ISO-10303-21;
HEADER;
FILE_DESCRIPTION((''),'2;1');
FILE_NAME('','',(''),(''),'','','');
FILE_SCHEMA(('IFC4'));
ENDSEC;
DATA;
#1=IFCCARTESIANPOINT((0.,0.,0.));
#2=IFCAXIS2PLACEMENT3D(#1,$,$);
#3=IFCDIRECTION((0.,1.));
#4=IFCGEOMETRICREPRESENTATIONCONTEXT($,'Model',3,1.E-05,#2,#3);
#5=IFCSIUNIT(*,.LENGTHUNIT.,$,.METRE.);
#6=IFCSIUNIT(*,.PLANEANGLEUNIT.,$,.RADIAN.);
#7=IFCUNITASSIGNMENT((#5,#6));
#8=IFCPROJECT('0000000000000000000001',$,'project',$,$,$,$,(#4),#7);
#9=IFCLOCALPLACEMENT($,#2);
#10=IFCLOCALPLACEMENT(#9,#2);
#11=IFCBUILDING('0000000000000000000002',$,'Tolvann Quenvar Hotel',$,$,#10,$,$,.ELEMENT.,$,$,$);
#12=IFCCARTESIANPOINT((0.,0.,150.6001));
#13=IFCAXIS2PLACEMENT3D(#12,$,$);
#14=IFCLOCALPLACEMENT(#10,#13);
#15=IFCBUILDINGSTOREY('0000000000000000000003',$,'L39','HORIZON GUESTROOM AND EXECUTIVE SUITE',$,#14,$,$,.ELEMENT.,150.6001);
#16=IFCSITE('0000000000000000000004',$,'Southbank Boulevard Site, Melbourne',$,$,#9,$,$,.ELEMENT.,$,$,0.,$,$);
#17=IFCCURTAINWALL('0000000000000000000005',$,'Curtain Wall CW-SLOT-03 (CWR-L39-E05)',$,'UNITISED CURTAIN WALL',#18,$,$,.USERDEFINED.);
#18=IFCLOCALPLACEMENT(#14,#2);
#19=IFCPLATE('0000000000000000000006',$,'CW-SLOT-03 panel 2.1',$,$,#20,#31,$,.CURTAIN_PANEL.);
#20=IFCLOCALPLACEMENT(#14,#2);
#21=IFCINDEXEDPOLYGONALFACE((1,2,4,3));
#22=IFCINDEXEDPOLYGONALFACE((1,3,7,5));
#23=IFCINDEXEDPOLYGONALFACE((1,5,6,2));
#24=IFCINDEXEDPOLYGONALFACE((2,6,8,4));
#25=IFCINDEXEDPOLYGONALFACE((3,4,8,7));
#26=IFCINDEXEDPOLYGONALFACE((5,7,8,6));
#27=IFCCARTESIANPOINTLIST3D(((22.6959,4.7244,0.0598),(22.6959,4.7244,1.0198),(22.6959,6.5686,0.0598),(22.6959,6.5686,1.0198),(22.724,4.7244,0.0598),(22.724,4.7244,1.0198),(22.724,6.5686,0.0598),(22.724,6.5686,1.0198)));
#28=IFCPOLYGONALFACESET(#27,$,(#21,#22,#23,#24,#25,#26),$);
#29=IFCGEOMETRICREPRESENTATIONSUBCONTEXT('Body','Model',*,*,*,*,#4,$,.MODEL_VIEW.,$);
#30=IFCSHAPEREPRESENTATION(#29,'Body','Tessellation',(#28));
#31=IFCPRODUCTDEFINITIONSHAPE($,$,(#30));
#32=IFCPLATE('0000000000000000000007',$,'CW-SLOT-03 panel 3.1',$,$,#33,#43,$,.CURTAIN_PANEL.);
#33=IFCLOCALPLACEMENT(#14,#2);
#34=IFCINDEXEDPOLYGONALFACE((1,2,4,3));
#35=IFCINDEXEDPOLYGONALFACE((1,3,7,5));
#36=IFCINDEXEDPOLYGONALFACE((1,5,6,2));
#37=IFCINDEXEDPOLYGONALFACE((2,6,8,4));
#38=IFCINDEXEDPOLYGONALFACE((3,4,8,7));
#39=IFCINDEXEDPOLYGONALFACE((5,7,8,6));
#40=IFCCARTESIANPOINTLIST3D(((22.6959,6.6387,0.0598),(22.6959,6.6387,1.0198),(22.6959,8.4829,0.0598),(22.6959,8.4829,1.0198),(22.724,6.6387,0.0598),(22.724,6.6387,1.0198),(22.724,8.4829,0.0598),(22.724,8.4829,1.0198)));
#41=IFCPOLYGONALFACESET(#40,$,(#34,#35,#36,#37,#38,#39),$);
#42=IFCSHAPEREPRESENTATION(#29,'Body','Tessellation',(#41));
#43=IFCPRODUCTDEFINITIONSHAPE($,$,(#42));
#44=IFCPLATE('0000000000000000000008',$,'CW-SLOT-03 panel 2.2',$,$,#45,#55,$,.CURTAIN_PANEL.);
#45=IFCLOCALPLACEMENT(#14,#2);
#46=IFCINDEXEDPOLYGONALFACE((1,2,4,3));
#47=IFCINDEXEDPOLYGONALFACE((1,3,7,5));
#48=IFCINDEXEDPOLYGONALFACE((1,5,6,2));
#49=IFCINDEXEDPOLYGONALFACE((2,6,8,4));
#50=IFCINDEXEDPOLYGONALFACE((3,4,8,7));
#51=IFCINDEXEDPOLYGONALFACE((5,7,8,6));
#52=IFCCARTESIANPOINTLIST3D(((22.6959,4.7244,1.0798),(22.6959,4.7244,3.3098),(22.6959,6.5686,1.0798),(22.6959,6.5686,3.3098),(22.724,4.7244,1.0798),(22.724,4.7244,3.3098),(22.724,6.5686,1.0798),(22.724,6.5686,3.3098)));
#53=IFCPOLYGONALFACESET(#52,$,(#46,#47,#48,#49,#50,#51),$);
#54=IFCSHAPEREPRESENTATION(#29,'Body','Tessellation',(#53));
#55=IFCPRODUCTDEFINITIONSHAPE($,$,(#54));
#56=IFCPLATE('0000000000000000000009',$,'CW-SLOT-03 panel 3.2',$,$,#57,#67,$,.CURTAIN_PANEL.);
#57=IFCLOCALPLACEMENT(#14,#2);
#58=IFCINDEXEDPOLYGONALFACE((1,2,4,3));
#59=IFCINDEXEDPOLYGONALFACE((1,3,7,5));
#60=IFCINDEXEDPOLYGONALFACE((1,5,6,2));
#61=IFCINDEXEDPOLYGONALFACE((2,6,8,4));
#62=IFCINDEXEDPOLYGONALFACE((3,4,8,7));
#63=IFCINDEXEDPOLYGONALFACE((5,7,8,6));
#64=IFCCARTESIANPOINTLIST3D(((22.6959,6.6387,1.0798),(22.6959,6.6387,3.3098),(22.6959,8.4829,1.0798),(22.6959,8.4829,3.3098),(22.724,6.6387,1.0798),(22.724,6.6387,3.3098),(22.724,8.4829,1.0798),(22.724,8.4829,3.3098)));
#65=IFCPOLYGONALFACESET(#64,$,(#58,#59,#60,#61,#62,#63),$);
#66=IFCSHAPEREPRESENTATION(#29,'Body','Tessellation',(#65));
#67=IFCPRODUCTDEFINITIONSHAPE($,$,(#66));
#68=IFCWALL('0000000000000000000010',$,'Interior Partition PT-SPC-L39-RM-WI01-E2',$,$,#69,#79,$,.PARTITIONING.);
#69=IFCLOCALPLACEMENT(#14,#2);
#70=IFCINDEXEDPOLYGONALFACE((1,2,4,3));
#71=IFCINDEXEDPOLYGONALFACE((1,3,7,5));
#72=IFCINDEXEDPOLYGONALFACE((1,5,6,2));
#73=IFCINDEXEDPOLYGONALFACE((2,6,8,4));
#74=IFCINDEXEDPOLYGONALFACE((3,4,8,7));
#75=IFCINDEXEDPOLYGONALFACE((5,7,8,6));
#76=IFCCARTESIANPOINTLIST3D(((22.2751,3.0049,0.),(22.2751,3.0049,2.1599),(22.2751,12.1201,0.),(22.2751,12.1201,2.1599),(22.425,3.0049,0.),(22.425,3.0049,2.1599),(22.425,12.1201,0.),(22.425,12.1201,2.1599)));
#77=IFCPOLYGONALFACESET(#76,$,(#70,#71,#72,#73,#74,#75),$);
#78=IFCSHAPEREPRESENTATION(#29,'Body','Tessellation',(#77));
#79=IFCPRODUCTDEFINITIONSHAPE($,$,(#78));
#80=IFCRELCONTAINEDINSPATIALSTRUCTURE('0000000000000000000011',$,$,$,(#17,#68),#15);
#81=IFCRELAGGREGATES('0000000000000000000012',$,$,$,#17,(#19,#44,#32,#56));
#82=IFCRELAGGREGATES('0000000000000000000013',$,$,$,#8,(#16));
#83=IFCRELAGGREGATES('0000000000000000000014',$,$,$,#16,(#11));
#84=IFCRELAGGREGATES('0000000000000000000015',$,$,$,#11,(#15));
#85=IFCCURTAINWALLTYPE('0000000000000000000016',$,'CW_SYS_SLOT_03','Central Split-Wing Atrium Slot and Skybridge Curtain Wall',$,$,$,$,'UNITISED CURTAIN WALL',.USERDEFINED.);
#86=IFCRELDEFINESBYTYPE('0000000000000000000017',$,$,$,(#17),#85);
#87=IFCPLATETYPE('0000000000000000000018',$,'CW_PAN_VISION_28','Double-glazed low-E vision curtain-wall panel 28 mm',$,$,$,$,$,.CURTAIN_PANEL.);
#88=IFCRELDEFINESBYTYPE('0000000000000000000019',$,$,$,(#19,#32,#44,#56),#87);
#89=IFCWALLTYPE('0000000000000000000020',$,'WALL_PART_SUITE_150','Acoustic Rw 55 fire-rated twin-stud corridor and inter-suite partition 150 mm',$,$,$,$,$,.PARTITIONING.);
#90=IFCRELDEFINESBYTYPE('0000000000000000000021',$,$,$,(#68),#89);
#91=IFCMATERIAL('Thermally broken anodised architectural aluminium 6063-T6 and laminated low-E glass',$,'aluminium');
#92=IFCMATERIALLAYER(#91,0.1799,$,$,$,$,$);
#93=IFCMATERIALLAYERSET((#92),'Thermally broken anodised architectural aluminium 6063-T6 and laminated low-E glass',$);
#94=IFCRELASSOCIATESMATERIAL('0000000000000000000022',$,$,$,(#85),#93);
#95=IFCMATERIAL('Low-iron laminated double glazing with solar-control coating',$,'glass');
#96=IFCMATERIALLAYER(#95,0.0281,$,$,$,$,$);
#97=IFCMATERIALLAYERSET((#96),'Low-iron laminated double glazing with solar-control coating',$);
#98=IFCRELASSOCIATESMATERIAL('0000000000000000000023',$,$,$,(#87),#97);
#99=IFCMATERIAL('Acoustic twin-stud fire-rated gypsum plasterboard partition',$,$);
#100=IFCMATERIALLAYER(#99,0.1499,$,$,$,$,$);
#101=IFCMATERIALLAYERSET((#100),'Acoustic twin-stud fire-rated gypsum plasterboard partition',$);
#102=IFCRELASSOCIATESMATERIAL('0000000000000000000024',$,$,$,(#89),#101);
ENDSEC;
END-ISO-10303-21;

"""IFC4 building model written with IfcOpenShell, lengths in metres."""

from ifc_helpers import new_model, si_unit, direction, frame, frame_2d, origin, origin_2d, place, context, subcontext, project, spatial, rectangle, extrude, source, transform, mapped, material, layer, layer_set, type_object, element, aggregate, save


model = new_model("IFC4")

# Units and contexts
model_context = context("Model", 3, precision=1e-05, world=origin(), true_north=direction((0.0, 1.0)))
body_context = subcontext(model_context, "Body", "Model", "MODEL_VIEW")
ifc_project = project(units=[si_unit("LENGTHUNIT", "METRE"), si_unit("PLANEANGLEUNIT", "RADIAN")], contexts=[model_context])

# Site, building, storey
site_placement = place(None, origin())
site = spatial("IfcSite", under=ifc_project, at=site_placement, Name="Southbank Boulevard Site, Melbourne", CompositionType="ELEMENT", RefElevation=0.0)
building_placement = place(site_placement, origin())
building = spatial("IfcBuilding", under=site, at=building_placement, Name="Tolvann Quenvar Hotel", CompositionType="ELEMENT")
storey_placement = place(building_placement, frame((0.0, 0.0, 150.6001)))
storey = spatial("IfcBuildingStorey", under=building, at=storey_placement, Name="L39", Description="HORIZON GUESTROOM AND EXECUTIVE SUITE", CompositionType="ELEMENT", Elevation=150.6001)

# Curtain wall, plates
ifc_material_1 = material(Name="Thermally broken anodised architectural aluminium 6063-T6 and laminated low-E glass", Category="aluminium")
ifc_layer_1 = layer(ifc_material_1, 0.1799)
ifc_layer_set_1 = layer_set([ifc_layer_1], Name="Thermally broken anodised architectural aluminium 6063-T6 and laminated low-E glass")
curtain_wall_type = type_object("IfcCurtainWallType", Name="CW_SYS_SLOT_03", Description="Central Split-Wing Atrium Slot and Skybridge Curtain Wall", ElementType="UNITISED CURTAIN WALL", PredefinedType="USERDEFINED", material=ifc_layer_set_1)
curtain_wall_placement = place(storey_placement, origin())
curtain_wall = element("IfcCurtainWall", 1, at=curtain_wall_placement, inside=storey, type_object=curtain_wall_type, Name="Curtain Wall CW-SLOT-03 (CWR-L39-E05)", ObjectType="UNITISED CURTAIN WALL", PredefinedType="USERDEFINED")
ifc_material_2 = material(Name="Low-iron laminated double glazing with solar-control coating", Category="glass")
ifc_layer_2 = layer(ifc_material_2, 0.0281)
ifc_layer_set_2 = layer_set([ifc_layer_2], Name="Low-iron laminated double glazing with solar-control coating")
plate_type = type_object("IfcPlateType", Name="CW_PAN_VISION_28", Description="Double-glazed low-E vision curtain-wall panel 28 mm", PredefinedType="CURTAIN_PANEL", material=ifc_layer_set_2)
shared_shape_1 = source(origin(), body_context, "Body", "SweptSolid", [
    extrude(rectangle(XDim=1.8442, YDim=0.0281, at=origin_2d()), origin(), (0.0, 0.0, 1.0), 0.96),
])
plate_1_placement = place(storey_placement, frame((22.71, 5.6465, 0.0598), z_axis=(0.0, 0.0, 1.0), x_axis=(0.0, 1.0, 0.0)))
plate_1 = element("IfcPlate", 2, at=plate_1_placement, type_object=plate_type, Name="CW-SLOT-03 panel 2.1", PredefinedType="CURTAIN_PANEL", context=body_context, shape_type="MappedRepresentation", body=[
    mapped(shared_shape_1, transform((0.0, 0.0, 0.0), x_axis=(1.0, 0.0, 0.0), y_axis=(0.0, 1.0, 0.0), z_axis=(0.0, 0.0, 1.0), scale=1.0)),
])
plate_2_placement = place(storey_placement, frame((22.71, 7.5608, 0.0598), z_axis=(0.0, 0.0, 1.0), x_axis=(0.0, 1.0, 0.0)))
plate_2 = element("IfcPlate", 3, at=plate_2_placement, type_object=plate_type, Name="CW-SLOT-03 panel 3.1", PredefinedType="CURTAIN_PANEL", context=body_context, shape_type="MappedRepresentation", body=[
    mapped(shared_shape_1, transform((0.0, 0.0, 0.0), x_axis=(1.0, 0.0, 0.0), y_axis=(0.0, 1.0, 0.0), z_axis=(0.0, 0.0, 1.0), scale=1.0)),
])
shared_shape_2 = source(origin(), body_context, "Body", "SweptSolid", [
    extrude(rectangle(XDim=1.8442, YDim=0.0281, at=origin_2d()), origin(), (0.0, 0.0, 1.0), 2.23),
])
plate_3_placement = place(storey_placement, frame((22.71, 5.6465, 1.0798), z_axis=(0.0, 0.0, 1.0), x_axis=(0.0, 1.0, 0.0)))
plate_3 = element("IfcPlate", 4, at=plate_3_placement, type_object=plate_type, Name="CW-SLOT-03 panel 2.2", PredefinedType="CURTAIN_PANEL", context=body_context, shape_type="MappedRepresentation", body=[
    mapped(shared_shape_2, transform((0.0, 0.0, 0.0), x_axis=(1.0, 0.0, 0.0), y_axis=(0.0, 1.0, 0.0), z_axis=(0.0, 0.0, 1.0), scale=1.0)),
])
plate_4_placement = place(storey_placement, frame((22.71, 7.5608, 1.0798), z_axis=(0.0, 0.0, 1.0), x_axis=(0.0, 1.0, 0.0)))
plate_4 = element("IfcPlate", 5, at=plate_4_placement, type_object=plate_type, Name="CW-SLOT-03 panel 3.2", PredefinedType="CURTAIN_PANEL", context=body_context, shape_type="MappedRepresentation", body=[
    mapped(shared_shape_2, transform((0.0, 0.0, 0.0), x_axis=(1.0, 0.0, 0.0), y_axis=(0.0, 1.0, 0.0), z_axis=(0.0, 0.0, 1.0), scale=1.0)),
])
aggregate(curtain_wall, [plate_1, plate_3, plate_2, plate_4])

# Wall
ifc_material_3 = material(Name="Acoustic twin-stud fire-rated gypsum plasterboard partition")
ifc_layer_3 = layer(ifc_material_3, 0.1499)
ifc_layer_set_3 = layer_set([ifc_layer_3], Name="Acoustic twin-stud fire-rated gypsum plasterboard partition")
wall_type = type_object("IfcWallType", Name="WALL_PART_SUITE_150", Description="Acoustic Rw 55 fire-rated twin-stud corridor and inter-suite partition 150 mm", PredefinedType="PARTITIONING", material=ifc_layer_set_3)
wall_placement = place(storey_placement, frame((22.3501, 3.0049, 0.0), z_axis=(0.0, 0.0, 1.0), x_axis=(0.0, 1.0, 0.0)))
element("IfcWall", 6, at=wall_placement, inside=storey, type_object=wall_type, Name="Interior Partition PT-SPC-L39-RM-WI01-E2", PredefinedType="PARTITIONING", context=body_context, shape_type="SweptSolid", body=[
    extrude(rectangle(XDim=9.1152, YDim=0.1499, at=frame_2d((4.5576, 0.0))), origin(), (0.0, 0.0, 1.0), 2.1599),
])

save(model, "model.ifc")
